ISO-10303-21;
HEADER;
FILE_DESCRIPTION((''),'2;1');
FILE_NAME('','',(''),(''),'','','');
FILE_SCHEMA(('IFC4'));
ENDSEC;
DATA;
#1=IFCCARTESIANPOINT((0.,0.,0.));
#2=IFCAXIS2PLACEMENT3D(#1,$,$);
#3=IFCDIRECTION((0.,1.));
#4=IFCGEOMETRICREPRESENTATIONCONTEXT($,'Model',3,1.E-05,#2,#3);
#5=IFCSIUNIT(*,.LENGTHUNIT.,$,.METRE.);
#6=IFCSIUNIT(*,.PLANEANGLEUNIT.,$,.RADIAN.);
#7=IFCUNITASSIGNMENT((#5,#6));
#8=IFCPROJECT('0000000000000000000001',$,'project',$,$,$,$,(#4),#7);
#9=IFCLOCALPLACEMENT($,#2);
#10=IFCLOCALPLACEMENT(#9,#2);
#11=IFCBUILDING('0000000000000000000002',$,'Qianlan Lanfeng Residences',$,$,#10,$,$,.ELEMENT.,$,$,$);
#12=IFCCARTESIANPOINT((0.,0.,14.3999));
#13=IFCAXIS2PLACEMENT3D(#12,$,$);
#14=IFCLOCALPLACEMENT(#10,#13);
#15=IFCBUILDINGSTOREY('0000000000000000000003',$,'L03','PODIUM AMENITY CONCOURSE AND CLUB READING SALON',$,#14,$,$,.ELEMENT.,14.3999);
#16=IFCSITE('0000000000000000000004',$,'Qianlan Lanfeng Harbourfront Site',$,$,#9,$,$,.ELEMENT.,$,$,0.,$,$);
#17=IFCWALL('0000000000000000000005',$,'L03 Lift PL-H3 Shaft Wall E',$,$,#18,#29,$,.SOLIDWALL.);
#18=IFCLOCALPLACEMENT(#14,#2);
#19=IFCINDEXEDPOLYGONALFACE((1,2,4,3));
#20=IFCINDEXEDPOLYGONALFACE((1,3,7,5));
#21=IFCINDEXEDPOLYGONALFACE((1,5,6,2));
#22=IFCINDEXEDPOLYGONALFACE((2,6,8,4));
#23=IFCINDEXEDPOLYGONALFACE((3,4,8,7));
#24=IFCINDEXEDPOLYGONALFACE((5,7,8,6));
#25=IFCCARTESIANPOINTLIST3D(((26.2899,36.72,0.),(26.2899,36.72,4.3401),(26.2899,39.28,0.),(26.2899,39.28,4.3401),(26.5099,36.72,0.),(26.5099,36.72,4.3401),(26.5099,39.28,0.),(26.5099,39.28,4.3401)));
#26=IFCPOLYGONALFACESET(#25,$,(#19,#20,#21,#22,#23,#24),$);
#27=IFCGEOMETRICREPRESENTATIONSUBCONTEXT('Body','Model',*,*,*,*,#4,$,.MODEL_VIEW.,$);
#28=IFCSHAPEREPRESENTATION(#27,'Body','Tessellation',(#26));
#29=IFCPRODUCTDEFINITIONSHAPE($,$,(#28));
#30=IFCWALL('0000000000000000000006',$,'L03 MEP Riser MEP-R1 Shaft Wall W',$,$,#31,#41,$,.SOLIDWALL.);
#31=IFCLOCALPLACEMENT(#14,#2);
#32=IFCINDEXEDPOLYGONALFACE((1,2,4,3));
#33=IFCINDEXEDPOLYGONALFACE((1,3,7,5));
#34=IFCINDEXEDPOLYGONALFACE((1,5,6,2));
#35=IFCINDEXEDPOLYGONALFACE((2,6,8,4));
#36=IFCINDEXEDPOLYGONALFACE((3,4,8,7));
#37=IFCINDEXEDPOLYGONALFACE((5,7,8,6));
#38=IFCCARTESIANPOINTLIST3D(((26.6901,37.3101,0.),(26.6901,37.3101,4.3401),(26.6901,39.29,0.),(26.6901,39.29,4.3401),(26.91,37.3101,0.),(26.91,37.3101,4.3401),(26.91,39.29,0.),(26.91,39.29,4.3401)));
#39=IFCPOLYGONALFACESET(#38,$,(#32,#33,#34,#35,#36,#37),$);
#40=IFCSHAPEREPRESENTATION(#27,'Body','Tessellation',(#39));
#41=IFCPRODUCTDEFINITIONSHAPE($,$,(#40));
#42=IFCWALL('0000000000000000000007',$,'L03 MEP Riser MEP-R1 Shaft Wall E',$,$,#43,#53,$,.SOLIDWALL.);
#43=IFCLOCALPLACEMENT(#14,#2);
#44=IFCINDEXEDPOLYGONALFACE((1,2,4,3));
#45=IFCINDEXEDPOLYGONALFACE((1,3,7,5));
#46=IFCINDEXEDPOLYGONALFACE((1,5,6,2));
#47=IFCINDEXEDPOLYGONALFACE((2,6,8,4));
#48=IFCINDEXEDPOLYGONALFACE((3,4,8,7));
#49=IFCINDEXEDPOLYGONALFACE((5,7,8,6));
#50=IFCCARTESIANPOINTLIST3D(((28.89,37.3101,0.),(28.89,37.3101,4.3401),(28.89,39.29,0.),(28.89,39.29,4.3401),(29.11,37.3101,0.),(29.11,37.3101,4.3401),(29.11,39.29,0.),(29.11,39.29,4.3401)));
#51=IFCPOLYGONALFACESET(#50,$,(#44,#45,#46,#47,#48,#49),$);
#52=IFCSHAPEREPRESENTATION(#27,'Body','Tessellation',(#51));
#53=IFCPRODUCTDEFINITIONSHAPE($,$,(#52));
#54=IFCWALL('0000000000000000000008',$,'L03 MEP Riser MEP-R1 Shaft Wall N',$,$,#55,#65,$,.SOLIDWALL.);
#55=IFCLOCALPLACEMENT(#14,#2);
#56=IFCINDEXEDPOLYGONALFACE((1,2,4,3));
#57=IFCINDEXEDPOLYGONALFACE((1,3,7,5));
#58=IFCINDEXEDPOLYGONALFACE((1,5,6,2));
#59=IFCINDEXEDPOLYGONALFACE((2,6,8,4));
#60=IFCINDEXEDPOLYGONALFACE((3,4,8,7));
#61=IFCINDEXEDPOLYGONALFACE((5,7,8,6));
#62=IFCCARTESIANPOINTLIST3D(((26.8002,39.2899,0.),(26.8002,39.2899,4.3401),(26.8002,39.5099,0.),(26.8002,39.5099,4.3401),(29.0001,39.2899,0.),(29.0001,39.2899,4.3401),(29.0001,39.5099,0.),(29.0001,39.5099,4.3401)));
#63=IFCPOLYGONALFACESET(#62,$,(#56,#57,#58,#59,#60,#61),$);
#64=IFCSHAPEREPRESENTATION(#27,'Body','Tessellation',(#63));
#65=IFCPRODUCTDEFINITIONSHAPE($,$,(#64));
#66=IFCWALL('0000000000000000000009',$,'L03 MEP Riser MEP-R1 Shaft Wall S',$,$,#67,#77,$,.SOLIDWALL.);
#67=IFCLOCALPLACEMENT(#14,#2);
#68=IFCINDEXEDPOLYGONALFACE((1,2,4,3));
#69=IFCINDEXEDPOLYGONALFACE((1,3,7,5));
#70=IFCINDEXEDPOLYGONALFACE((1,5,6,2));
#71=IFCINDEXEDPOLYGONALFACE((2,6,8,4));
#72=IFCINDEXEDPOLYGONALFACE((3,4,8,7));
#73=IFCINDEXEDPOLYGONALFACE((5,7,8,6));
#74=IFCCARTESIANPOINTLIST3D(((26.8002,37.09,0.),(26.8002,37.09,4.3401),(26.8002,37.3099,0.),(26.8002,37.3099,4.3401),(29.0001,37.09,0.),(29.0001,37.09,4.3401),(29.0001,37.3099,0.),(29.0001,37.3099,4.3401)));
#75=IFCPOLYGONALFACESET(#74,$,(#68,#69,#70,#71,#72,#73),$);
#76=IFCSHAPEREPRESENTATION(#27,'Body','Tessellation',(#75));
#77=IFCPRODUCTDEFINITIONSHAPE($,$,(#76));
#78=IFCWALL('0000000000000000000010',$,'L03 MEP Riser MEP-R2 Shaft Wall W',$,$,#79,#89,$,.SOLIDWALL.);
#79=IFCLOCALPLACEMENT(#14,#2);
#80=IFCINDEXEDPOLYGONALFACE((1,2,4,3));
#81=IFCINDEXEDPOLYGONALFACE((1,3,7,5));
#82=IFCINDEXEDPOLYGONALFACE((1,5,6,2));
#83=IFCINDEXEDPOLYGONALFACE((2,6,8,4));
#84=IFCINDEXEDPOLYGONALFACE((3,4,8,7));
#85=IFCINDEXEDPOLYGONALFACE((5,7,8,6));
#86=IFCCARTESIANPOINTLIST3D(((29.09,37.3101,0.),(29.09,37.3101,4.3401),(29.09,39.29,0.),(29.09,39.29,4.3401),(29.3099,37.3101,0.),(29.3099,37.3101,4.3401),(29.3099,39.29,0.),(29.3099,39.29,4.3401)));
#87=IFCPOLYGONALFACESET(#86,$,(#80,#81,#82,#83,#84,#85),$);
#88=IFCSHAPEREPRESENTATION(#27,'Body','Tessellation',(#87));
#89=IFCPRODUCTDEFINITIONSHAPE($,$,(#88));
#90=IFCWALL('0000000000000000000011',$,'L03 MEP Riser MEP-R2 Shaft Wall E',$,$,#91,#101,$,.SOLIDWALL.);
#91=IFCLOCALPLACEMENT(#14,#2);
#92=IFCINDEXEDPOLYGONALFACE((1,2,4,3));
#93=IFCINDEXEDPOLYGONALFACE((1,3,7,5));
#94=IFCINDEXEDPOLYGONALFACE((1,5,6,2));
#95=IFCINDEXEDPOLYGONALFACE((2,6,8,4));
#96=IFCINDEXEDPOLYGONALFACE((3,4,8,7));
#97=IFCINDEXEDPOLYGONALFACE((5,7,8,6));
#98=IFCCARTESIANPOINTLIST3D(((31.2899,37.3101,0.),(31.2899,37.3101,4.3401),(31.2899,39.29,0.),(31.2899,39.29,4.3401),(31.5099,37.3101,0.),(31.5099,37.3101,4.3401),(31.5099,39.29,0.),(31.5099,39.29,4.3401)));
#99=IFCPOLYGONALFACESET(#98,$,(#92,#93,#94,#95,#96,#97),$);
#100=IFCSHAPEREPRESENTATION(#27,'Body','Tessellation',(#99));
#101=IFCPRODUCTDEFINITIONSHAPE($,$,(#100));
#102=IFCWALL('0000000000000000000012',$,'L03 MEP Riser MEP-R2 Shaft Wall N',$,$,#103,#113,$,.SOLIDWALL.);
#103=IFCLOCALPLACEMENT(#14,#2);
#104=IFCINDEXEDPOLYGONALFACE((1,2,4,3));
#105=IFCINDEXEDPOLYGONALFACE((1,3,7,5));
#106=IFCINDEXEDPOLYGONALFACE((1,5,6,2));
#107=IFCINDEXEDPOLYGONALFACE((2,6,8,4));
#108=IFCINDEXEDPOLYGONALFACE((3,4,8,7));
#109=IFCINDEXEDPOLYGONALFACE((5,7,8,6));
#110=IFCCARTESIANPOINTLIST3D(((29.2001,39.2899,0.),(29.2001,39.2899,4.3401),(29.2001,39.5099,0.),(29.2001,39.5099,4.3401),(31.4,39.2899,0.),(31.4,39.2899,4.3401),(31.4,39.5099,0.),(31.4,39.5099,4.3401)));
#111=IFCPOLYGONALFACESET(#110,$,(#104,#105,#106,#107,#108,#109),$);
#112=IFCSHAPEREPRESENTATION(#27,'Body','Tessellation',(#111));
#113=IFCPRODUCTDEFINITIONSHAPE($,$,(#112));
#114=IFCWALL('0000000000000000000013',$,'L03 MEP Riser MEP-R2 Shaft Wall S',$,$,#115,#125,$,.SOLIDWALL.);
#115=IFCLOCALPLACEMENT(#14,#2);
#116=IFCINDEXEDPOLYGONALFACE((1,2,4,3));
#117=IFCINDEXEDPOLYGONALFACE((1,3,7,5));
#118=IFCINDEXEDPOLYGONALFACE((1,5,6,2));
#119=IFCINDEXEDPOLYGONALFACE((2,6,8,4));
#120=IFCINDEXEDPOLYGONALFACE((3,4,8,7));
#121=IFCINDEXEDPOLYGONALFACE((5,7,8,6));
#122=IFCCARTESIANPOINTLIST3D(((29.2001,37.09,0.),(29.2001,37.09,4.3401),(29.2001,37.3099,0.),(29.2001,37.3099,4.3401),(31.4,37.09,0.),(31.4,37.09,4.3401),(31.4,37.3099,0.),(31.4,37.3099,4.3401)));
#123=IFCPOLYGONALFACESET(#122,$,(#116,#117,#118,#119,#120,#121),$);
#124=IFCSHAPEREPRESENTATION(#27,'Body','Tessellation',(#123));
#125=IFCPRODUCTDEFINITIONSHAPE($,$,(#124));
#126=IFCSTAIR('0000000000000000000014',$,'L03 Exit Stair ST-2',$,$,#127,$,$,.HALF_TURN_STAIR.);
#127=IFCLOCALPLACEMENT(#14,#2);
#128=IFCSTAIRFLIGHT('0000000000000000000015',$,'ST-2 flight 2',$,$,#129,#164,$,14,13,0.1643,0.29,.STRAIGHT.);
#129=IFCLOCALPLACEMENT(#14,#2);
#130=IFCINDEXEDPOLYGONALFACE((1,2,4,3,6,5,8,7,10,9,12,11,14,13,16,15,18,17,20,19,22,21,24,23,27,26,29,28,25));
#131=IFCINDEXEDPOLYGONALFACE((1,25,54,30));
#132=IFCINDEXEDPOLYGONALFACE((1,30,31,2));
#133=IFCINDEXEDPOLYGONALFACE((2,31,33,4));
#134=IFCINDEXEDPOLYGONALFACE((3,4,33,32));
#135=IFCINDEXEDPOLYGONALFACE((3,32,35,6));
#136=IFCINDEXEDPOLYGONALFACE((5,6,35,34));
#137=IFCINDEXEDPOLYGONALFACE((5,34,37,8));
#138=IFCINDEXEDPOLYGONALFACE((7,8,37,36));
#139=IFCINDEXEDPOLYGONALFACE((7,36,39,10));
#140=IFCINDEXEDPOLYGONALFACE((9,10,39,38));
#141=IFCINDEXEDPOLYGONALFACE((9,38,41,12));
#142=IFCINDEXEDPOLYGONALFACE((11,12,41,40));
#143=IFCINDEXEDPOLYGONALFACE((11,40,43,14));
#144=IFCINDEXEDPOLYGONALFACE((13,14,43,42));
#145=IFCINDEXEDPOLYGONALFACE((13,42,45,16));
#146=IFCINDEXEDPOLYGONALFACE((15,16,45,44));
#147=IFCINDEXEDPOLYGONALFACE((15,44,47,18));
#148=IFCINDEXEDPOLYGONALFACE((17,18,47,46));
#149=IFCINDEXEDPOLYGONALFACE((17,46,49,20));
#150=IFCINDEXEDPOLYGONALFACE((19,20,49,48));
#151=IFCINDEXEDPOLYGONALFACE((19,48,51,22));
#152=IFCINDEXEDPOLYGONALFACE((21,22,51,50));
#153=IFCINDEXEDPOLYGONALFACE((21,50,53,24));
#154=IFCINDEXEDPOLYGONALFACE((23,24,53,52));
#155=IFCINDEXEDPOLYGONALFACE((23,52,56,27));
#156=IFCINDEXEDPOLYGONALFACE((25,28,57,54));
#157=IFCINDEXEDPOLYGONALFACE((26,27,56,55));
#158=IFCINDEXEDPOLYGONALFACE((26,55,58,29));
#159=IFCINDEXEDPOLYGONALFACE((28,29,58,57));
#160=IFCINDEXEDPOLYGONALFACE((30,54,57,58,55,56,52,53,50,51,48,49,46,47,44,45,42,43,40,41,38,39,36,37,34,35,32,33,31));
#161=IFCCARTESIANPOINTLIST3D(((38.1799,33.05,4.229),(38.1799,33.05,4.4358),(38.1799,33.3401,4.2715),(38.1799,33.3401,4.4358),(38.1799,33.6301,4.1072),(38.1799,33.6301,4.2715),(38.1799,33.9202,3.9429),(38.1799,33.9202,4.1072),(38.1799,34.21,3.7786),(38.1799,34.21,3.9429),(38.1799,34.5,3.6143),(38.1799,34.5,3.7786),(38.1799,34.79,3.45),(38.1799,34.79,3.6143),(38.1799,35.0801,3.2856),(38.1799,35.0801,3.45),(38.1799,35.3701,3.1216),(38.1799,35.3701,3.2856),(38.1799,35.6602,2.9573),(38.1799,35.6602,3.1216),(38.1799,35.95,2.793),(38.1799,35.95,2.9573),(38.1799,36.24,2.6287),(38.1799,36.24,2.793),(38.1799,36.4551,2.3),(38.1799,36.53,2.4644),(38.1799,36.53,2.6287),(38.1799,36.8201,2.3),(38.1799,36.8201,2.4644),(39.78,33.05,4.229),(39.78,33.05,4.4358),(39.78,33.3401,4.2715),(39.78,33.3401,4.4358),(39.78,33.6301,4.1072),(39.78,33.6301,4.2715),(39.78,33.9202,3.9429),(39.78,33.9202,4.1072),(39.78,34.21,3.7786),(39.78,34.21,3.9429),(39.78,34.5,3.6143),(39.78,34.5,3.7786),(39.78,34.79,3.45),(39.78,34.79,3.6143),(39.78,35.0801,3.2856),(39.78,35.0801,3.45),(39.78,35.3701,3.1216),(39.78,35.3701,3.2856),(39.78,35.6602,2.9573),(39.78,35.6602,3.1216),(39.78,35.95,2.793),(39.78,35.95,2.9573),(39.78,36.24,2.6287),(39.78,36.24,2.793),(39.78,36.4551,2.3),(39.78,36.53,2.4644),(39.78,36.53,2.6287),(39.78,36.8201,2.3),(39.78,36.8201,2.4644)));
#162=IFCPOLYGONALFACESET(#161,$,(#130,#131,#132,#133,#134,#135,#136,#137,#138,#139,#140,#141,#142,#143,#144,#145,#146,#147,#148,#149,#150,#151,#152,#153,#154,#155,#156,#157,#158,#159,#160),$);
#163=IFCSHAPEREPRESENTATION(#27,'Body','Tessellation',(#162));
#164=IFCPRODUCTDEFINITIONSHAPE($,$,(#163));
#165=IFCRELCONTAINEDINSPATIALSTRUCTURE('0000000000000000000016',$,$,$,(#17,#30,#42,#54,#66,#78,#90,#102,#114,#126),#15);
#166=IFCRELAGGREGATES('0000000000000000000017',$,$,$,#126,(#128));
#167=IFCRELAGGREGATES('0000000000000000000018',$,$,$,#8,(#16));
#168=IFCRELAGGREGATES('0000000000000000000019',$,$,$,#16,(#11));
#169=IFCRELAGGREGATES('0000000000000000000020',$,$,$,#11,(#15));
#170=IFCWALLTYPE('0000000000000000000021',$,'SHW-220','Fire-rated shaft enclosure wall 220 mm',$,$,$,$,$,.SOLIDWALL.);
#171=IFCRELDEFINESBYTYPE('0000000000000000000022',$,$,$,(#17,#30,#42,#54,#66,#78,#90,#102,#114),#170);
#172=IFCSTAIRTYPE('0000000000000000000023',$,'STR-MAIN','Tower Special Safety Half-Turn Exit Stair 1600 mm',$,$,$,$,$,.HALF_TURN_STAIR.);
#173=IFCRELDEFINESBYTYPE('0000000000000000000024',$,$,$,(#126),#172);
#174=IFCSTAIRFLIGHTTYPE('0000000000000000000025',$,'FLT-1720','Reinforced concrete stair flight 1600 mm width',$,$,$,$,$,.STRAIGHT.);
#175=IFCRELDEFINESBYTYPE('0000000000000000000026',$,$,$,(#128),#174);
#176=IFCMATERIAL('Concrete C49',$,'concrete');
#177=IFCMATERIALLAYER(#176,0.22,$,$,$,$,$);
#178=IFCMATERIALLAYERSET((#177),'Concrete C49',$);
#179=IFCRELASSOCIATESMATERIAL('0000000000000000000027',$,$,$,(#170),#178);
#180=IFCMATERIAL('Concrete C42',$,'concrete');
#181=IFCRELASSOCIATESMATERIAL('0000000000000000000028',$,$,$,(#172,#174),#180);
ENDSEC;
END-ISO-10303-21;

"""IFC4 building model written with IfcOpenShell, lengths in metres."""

from ifc_helpers import new_model, si_unit, direction, frame, frame_2d, origin, place, context, subcontext, project, spatial, polyline, rectangle, outline, extrude, material, layer, layer_set, type_object, element, aggregate, save


model = new_model("IFC4")

# Units and contexts
model_context = context("Model", 3, precision=1e-05, world=origin(), true_north=direction((0.0, 1.0)))
body_context = subcontext(model_context, "Body", "Model", "MODEL_VIEW")
ifc_project = project(units=[si_unit("LENGTHUNIT", "METRE"), si_unit("PLANEANGLEUNIT", "RADIAN")], contexts=[model_context])

# Site, building, storey
site_placement = place(None, origin())
site = spatial("IfcSite", under=ifc_project, at=site_placement, Name="Qianlan Lanfeng Harbourfront Site", CompositionType="ELEMENT", RefElevation=0.0)
building_placement = place(site_placement, origin())
building = spatial("IfcBuilding", under=site, at=building_placement, Name="Qianlan Lanfeng Residences", CompositionType="ELEMENT")
storey_placement = place(building_placement, frame((0.0, 0.0, 14.3999)))
storey = spatial("IfcBuildingStorey", under=building, at=storey_placement, Name="L03", Description="PODIUM AMENITY CONCOURSE AND CLUB READING SALON", CompositionType="ELEMENT", Elevation=14.3999)

# Walls
ifc_material_1 = material(Name="Concrete C49", Category="concrete")
ifc_layer_1 = layer(ifc_material_1, 0.22)
ifc_layer_set_1 = layer_set([ifc_layer_1], Name="Concrete C49")
wall_type_1 = type_object("IfcWallType", Name="SHW-220", Description="Fire-rated shaft enclosure wall 220 mm", PredefinedType="SOLIDWALL", material=ifc_layer_set_1)
for number, where, z_axis, x_axis, name in (
    (1, (26.3999, 36.72, 0.0), (0.0, 0.0, 1.0), (0.0, 1.0, 0.0), "L03 Lift PL-H3 Shaft Wall E"),
):
    element("IfcWall", number, at=place(storey_placement, frame(where, z_axis=z_axis, x_axis=x_axis)), inside=storey, type_object=wall_type_1, Name=name, PredefinedType="SOLIDWALL", context=body_context, shape_type="SweptSolid", body=[
        extrude(rectangle(XDim=2.5601, YDim=0.22, at=frame_2d((1.28, 0.0))), origin(), (0.0, 0.0, 1.0), 4.3401),
    ])
for number, where, z_axis, x_axis, name in (
    (2, (26.8, 37.3101, 0.0), (0.0, 0.0, 1.0), (0.0, 1.0, 0.0), "L03 MEP Riser MEP-R1 Shaft Wall W"),
    (3, (29.0, 37.3101, 0.0), (0.0, 0.0, 1.0), (0.0, 1.0, 0.0), "L03 MEP Riser MEP-R1 Shaft Wall E"),
):
    element("IfcWall", number, at=place(storey_placement, frame(where, z_axis=z_axis, x_axis=x_axis)), inside=storey, type_object=wall_type_1, Name=name, PredefinedType="SOLIDWALL", context=body_context, shape_type="SweptSolid", body=[
        extrude(rectangle(XDim=1.98, YDim=0.22, at=frame_2d((0.99, 0.0))), origin(), (0.0, 0.0, 1.0), 4.3401),
    ])
for number, where, z_axis, x_axis, name in (
    (4, (26.8, 39.3999, 0.0), (0.0, 0.0, 1.0), (1.0, 0.0, 0.0), "L03 MEP Riser MEP-R1 Shaft Wall N"),
    (5, (26.8, 37.2, 0.0), (0.0, 0.0, 1.0), (1.0, 0.0, 0.0), "L03 MEP Riser MEP-R1 Shaft Wall S"),
):
    element("IfcWall", number, at=place(storey_placement, frame(where, z_axis=z_axis, x_axis=x_axis)), inside=storey, type_object=wall_type_1, Name=name, PredefinedType="SOLIDWALL", context=body_context, shape_type="SweptSolid", body=[
        extrude(rectangle(XDim=2.2, YDim=0.22, at=frame_2d((1.1001, 0.0))), origin(), (0.0, 0.0, 1.0), 4.3401),
    ])
for number, where, z_axis, x_axis, name in (
    (6, (29.2, 37.3101, 0.0), (0.0, 0.0, 1.0), (0.0, 1.0, 0.0), "L03 MEP Riser MEP-R2 Shaft Wall W"),
    (7, (31.3999, 37.3101, 0.0), (0.0, 0.0, 1.0), (0.0, 1.0, 0.0), "L03 MEP Riser MEP-R2 Shaft Wall E"),
):
    element("IfcWall", number, at=place(storey_placement, frame(where, z_axis=z_axis, x_axis=x_axis)), inside=storey, type_object=wall_type_1, Name=name, PredefinedType="SOLIDWALL", context=body_context, shape_type="SweptSolid", body=[
        extrude(rectangle(XDim=1.98, YDim=0.22, at=frame_2d((0.99, 0.0))), origin(), (0.0, 0.0, 1.0), 4.3401),
    ])
for number, where, z_axis, x_axis, name in (
    (8, (29.2, 39.3999, 0.0), (0.0, 0.0, 1.0), (1.0, 0.0, 0.0), "L03 MEP Riser MEP-R2 Shaft Wall N"),
    (9, (29.2, 37.2, 0.0), (0.0, 0.0, 1.0), (1.0, 0.0, 0.0), "L03 MEP Riser MEP-R2 Shaft Wall S"),
):
    element("IfcWall", number, at=place(storey_placement, frame(where, z_axis=z_axis, x_axis=x_axis)), inside=storey, type_object=wall_type_1, Name=name, PredefinedType="SOLIDWALL", context=body_context, shape_type="SweptSolid", body=[
        extrude(rectangle(XDim=2.2, YDim=0.22, at=frame_2d((1.1001, 0.0))), origin(), (0.0, 0.0, 1.0), 4.3401),
    ])

# Stair, stair flight
ifc_material_2 = material(Name="Concrete C42", Category="concrete")
stair_type = type_object("IfcStairType", Name="STR-MAIN", Description="Tower Special Safety Half-Turn Exit Stair 1600 mm", PredefinedType="HALF_TURN_STAIR", material=ifc_material_2)
stair_placement = place(storey_placement, origin())
stair = element("IfcStair", 10, at=stair_placement, inside=storey, type_object=stair_type, Name="L03 Exit Stair ST-2", PredefinedType="HALF_TURN_STAIR")
stair_flight_type = type_object("IfcStairFlightType", Name="FLT-1720", Description="Reinforced concrete stair flight 1600 mm width", PredefinedType="STRAIGHT", material=ifc_material_2)
stair_flight_placement = place(storey_placement, frame((38.98, 36.8201, 2.3), z_axis=(0.0, 0.0, 1.0), x_axis=(0.0, -1.0, 0.0)))
stair_flight = element("IfcStairFlight", 11, at=stair_flight_placement, type_object=stair_flight_type, Name="ST-2 flight 2", NumberOfRisers=14, NumberOfTreads=13, PredefinedType="STRAIGHT", RiserHeight=0.1643, TreadLength=0.29, context=body_context, shape_type="SweptSolid", body=[
    extrude(outline(polyline([(0.0, 0.0), (0.0, 0.1643), (0.29, 0.1643), (0.29, 0.3286), (0.5801, 0.3286), (0.5801, 0.4929), (0.8701, 0.4929), (0.8701, 0.6572), (1.1599, 0.6572), (1.1599, 0.8215), (1.45, 0.8215), (1.45, 0.9856), (1.74, 0.9856), (1.74, 1.1499), (2.03, 1.1499), (2.03, 1.3142), (2.3201, 1.3142), (2.3201, 1.4785), (2.6101, 1.4785), (2.6101, 1.6428), (2.8999, 1.6428), (2.8999, 1.8071), (3.1899, 1.8071), (3.1899, 1.9714), (3.48, 1.9714), (3.48, 2.1357), (3.77, 2.1357), (3.77, 2.3), (3.77, 1.929), (0.365, 0.0), (0.0, 0.0)])), frame((0.0, 0.8, 0.0), z_axis=(0.0, -1.0, 0.0), x_axis=(1.0, 0.0, 0.0)), (0.0, 0.0, 1.0), 1.6001),
])
aggregate(stair, [stair_flight])

save(model, "model.ifc")
